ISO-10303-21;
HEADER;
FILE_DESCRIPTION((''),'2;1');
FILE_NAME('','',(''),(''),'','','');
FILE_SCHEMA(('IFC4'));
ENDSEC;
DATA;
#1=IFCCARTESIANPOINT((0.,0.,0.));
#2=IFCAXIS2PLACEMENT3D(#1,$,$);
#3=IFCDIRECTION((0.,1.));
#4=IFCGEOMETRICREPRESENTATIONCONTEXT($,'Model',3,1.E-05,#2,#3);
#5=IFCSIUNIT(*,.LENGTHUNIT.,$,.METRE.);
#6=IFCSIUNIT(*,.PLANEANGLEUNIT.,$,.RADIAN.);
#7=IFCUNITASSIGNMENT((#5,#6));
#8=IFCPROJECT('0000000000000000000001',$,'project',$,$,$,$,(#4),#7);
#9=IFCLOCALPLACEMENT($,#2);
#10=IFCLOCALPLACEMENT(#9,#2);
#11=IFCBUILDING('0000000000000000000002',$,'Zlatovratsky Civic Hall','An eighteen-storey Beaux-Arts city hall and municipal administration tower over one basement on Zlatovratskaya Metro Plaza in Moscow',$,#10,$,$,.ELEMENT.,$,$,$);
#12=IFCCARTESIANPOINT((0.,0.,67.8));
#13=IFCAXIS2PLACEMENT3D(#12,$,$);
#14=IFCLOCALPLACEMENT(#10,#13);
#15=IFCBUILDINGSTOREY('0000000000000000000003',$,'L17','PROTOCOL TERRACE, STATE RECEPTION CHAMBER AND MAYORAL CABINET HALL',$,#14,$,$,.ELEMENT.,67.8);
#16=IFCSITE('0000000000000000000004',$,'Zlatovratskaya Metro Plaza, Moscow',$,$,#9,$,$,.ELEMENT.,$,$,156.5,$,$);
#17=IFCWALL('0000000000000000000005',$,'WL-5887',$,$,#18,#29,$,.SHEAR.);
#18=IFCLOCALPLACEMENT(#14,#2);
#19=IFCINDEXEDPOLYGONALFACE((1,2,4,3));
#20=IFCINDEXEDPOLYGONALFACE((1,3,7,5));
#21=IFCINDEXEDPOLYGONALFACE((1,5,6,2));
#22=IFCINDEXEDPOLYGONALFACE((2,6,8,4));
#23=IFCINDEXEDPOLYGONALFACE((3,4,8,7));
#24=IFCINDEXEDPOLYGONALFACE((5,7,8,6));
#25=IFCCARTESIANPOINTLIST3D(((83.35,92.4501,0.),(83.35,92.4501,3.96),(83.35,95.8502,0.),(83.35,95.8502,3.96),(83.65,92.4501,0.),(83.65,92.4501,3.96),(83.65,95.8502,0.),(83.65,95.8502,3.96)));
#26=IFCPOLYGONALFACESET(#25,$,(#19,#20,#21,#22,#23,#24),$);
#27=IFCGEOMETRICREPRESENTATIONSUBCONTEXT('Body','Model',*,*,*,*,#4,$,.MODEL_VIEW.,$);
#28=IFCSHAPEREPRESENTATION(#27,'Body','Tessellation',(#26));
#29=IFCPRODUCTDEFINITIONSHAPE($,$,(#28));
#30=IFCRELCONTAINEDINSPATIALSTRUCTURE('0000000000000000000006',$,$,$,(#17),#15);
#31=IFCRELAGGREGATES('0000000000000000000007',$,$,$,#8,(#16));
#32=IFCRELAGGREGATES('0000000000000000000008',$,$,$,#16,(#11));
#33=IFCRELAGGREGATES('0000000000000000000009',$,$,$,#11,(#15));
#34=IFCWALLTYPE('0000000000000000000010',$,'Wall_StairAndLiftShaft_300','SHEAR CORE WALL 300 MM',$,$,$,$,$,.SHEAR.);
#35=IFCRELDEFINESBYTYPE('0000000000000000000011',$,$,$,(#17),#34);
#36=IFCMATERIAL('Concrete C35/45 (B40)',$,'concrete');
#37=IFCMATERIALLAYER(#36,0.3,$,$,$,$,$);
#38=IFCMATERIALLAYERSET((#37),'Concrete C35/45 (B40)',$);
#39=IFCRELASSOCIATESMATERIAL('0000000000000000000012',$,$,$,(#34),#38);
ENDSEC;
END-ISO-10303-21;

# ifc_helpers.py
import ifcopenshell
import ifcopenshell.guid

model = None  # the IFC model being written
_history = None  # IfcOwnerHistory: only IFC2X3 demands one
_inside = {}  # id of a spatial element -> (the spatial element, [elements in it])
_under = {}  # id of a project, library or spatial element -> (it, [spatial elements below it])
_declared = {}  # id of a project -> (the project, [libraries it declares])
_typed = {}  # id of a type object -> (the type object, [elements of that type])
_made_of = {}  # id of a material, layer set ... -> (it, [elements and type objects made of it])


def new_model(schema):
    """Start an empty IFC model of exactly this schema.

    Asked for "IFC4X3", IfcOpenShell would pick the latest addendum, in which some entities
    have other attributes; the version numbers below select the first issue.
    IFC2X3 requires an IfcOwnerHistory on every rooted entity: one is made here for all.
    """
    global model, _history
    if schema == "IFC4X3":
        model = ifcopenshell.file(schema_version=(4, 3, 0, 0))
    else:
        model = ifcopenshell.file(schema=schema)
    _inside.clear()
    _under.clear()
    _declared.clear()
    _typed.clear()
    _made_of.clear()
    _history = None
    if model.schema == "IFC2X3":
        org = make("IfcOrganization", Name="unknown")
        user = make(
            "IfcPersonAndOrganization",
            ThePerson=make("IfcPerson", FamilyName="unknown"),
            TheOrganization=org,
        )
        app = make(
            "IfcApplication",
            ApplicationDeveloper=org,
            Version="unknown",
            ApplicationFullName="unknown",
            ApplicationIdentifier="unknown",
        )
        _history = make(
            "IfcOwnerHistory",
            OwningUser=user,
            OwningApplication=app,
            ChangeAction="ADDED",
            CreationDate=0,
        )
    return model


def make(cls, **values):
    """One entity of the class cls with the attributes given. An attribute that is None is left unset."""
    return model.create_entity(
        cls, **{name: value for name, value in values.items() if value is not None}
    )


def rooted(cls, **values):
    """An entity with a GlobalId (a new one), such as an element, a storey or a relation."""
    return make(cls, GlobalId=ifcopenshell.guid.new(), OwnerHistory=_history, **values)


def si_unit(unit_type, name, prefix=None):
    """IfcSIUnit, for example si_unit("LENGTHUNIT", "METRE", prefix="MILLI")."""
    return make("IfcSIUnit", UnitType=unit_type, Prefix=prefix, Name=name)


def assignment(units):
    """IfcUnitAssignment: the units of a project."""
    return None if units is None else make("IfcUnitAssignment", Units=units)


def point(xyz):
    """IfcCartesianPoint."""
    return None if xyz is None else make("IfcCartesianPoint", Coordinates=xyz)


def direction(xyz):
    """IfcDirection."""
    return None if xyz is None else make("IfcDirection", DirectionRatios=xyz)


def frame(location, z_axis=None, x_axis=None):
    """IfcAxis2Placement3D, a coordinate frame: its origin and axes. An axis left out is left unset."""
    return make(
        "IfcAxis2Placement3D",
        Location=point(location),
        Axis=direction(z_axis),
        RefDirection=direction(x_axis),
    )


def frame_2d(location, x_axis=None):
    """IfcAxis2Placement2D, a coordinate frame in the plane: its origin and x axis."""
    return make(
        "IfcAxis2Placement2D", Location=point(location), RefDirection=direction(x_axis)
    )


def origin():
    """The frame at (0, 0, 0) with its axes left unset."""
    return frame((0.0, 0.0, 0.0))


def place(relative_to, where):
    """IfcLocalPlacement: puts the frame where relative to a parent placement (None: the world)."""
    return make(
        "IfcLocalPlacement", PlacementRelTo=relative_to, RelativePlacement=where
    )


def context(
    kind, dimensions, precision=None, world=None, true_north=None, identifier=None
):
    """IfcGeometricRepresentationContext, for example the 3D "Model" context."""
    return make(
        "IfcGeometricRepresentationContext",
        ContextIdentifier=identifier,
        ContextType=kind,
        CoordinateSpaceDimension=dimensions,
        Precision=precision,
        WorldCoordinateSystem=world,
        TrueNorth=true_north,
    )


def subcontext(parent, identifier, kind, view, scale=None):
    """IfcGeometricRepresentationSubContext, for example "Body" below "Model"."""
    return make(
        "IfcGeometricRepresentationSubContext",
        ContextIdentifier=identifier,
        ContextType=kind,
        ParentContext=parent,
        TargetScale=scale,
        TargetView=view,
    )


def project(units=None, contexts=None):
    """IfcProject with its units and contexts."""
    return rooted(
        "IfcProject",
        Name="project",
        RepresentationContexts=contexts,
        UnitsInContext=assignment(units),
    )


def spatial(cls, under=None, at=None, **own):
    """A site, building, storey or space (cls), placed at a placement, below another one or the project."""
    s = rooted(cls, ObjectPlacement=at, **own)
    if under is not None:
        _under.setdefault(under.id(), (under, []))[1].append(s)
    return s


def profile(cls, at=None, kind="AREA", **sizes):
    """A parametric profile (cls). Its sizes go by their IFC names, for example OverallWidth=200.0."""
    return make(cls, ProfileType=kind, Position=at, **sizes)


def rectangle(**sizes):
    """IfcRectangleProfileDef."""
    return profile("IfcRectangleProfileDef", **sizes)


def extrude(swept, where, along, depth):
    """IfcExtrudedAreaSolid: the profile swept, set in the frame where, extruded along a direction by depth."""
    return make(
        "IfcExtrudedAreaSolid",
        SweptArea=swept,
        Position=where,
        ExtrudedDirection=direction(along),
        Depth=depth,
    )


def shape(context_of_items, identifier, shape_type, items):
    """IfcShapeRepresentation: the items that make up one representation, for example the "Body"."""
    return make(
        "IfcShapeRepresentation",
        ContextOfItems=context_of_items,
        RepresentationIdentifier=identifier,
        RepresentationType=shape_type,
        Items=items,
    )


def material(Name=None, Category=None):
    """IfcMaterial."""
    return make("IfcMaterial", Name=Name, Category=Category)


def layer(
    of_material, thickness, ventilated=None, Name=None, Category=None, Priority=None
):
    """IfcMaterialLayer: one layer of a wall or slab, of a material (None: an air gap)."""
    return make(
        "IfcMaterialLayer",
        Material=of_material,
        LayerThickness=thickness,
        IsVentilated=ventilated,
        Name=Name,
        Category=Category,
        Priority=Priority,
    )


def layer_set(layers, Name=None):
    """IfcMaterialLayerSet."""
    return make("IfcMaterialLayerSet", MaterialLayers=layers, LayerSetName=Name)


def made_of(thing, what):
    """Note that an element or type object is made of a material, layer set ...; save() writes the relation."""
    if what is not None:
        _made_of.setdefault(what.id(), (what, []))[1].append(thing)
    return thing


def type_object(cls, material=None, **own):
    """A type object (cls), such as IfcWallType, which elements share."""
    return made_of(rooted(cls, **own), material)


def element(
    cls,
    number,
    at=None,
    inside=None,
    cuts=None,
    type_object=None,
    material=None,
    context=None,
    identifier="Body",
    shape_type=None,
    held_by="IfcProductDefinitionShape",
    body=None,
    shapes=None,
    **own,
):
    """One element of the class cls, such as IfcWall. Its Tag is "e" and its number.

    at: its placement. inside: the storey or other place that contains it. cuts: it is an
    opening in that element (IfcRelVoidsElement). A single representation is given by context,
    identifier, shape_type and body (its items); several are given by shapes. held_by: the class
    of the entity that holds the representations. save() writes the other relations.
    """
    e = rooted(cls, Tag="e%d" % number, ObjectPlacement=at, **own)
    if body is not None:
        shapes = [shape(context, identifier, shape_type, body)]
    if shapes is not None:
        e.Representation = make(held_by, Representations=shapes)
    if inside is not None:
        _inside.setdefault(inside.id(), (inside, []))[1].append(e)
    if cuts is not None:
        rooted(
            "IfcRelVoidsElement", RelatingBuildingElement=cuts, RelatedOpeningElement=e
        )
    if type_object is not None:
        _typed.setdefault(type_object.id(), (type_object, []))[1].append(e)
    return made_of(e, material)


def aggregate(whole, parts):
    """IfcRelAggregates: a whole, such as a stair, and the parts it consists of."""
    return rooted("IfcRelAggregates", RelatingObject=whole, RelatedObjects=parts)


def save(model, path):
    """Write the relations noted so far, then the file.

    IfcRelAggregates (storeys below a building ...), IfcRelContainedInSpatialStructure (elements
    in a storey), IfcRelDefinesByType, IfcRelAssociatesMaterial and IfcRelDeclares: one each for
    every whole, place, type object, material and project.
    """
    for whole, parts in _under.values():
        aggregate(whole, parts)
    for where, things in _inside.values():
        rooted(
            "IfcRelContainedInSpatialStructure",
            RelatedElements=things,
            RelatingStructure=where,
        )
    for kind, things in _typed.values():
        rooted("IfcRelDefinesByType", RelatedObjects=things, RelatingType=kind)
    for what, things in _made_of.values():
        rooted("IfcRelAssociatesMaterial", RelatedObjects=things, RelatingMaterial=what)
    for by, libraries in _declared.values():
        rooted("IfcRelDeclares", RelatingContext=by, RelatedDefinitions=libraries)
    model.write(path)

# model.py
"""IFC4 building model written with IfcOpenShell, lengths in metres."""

from ifc_helpers import new_model, si_unit, direction, frame, frame_2d, origin, place, context, subcontext, project, spatial, rectangle, extrude, material, layer, layer_set, type_object, element, save


model = new_model("IFC4")

# Units and contexts
model_context = context("Model", 3, precision=1e-05, world=origin(), true_north=direction((0.0, 1.0)))
body_context = subcontext(model_context, "Body", "Model", "MODEL_VIEW")
ifc_project = project(units=[si_unit("LENGTHUNIT", "METRE"), si_unit("PLANEANGLEUNIT", "RADIAN")], contexts=[model_context])

# Site, building, storey
site_placement = place(None, origin())
site = spatial("IfcSite", under=ifc_project, at=site_placement, Name="Zlatovratskaya Metro Plaza, Moscow", CompositionType="ELEMENT", RefElevation=156.5)
building_placement = place(site_placement, origin())
building = spatial("IfcBuilding", under=site, at=building_placement, Name="Zlatovratsky Civic Hall", Description="An eighteen-storey Beaux-Arts city hall and municipal administration tower over one basement on Zlatovratskaya Metro Plaza in Moscow", CompositionType="ELEMENT")
storey_placement = place(building_placement, frame((0.0, 0.0, 67.8)))
storey = spatial("IfcBuildingStorey", under=building, at=storey_placement, Name="L17", Description="PROTOCOL TERRACE, STATE RECEPTION CHAMBER AND MAYORAL CABINET HALL", CompositionType="ELEMENT", Elevation=67.8)

# Shared definitions
ifc_material_1 = material(Name="Concrete C35/45 (B40)", Category="concrete")

# Wall
ifc_layer_1 = layer(ifc_material_1, 0.3)
ifc_layer_set_1 = layer_set([ifc_layer_1], Name="Concrete C35/45 (B40)")
wall_type_1 = type_object("IfcWallType", Name="Wall_StairAndLiftShaft_300", Description="SHEAR CORE WALL 300 MM", PredefinedType="SHEAR", material=ifc_layer_set_1)
wall_1_placement = place(storey_placement, frame((83.5, 92.45, 0.0), z_axis=(0.0, 0.0, 1.0), x_axis=(0.0, 1.0, 0.0)))
element("IfcWall", 1, at=wall_1_placement, inside=storey, type_object=wall_type_1, Name="WL-5887", PredefinedType="SHEAR", context=body_context, shape_type="SweptSolid", body=[
    extrude(rectangle(XDim=3.4001, YDim=0.3, at=frame_2d((1.7002, 0.0))), origin(), (0.0, 0.0, 1.0), 3.96),
])

save(model, "model.ifc")
